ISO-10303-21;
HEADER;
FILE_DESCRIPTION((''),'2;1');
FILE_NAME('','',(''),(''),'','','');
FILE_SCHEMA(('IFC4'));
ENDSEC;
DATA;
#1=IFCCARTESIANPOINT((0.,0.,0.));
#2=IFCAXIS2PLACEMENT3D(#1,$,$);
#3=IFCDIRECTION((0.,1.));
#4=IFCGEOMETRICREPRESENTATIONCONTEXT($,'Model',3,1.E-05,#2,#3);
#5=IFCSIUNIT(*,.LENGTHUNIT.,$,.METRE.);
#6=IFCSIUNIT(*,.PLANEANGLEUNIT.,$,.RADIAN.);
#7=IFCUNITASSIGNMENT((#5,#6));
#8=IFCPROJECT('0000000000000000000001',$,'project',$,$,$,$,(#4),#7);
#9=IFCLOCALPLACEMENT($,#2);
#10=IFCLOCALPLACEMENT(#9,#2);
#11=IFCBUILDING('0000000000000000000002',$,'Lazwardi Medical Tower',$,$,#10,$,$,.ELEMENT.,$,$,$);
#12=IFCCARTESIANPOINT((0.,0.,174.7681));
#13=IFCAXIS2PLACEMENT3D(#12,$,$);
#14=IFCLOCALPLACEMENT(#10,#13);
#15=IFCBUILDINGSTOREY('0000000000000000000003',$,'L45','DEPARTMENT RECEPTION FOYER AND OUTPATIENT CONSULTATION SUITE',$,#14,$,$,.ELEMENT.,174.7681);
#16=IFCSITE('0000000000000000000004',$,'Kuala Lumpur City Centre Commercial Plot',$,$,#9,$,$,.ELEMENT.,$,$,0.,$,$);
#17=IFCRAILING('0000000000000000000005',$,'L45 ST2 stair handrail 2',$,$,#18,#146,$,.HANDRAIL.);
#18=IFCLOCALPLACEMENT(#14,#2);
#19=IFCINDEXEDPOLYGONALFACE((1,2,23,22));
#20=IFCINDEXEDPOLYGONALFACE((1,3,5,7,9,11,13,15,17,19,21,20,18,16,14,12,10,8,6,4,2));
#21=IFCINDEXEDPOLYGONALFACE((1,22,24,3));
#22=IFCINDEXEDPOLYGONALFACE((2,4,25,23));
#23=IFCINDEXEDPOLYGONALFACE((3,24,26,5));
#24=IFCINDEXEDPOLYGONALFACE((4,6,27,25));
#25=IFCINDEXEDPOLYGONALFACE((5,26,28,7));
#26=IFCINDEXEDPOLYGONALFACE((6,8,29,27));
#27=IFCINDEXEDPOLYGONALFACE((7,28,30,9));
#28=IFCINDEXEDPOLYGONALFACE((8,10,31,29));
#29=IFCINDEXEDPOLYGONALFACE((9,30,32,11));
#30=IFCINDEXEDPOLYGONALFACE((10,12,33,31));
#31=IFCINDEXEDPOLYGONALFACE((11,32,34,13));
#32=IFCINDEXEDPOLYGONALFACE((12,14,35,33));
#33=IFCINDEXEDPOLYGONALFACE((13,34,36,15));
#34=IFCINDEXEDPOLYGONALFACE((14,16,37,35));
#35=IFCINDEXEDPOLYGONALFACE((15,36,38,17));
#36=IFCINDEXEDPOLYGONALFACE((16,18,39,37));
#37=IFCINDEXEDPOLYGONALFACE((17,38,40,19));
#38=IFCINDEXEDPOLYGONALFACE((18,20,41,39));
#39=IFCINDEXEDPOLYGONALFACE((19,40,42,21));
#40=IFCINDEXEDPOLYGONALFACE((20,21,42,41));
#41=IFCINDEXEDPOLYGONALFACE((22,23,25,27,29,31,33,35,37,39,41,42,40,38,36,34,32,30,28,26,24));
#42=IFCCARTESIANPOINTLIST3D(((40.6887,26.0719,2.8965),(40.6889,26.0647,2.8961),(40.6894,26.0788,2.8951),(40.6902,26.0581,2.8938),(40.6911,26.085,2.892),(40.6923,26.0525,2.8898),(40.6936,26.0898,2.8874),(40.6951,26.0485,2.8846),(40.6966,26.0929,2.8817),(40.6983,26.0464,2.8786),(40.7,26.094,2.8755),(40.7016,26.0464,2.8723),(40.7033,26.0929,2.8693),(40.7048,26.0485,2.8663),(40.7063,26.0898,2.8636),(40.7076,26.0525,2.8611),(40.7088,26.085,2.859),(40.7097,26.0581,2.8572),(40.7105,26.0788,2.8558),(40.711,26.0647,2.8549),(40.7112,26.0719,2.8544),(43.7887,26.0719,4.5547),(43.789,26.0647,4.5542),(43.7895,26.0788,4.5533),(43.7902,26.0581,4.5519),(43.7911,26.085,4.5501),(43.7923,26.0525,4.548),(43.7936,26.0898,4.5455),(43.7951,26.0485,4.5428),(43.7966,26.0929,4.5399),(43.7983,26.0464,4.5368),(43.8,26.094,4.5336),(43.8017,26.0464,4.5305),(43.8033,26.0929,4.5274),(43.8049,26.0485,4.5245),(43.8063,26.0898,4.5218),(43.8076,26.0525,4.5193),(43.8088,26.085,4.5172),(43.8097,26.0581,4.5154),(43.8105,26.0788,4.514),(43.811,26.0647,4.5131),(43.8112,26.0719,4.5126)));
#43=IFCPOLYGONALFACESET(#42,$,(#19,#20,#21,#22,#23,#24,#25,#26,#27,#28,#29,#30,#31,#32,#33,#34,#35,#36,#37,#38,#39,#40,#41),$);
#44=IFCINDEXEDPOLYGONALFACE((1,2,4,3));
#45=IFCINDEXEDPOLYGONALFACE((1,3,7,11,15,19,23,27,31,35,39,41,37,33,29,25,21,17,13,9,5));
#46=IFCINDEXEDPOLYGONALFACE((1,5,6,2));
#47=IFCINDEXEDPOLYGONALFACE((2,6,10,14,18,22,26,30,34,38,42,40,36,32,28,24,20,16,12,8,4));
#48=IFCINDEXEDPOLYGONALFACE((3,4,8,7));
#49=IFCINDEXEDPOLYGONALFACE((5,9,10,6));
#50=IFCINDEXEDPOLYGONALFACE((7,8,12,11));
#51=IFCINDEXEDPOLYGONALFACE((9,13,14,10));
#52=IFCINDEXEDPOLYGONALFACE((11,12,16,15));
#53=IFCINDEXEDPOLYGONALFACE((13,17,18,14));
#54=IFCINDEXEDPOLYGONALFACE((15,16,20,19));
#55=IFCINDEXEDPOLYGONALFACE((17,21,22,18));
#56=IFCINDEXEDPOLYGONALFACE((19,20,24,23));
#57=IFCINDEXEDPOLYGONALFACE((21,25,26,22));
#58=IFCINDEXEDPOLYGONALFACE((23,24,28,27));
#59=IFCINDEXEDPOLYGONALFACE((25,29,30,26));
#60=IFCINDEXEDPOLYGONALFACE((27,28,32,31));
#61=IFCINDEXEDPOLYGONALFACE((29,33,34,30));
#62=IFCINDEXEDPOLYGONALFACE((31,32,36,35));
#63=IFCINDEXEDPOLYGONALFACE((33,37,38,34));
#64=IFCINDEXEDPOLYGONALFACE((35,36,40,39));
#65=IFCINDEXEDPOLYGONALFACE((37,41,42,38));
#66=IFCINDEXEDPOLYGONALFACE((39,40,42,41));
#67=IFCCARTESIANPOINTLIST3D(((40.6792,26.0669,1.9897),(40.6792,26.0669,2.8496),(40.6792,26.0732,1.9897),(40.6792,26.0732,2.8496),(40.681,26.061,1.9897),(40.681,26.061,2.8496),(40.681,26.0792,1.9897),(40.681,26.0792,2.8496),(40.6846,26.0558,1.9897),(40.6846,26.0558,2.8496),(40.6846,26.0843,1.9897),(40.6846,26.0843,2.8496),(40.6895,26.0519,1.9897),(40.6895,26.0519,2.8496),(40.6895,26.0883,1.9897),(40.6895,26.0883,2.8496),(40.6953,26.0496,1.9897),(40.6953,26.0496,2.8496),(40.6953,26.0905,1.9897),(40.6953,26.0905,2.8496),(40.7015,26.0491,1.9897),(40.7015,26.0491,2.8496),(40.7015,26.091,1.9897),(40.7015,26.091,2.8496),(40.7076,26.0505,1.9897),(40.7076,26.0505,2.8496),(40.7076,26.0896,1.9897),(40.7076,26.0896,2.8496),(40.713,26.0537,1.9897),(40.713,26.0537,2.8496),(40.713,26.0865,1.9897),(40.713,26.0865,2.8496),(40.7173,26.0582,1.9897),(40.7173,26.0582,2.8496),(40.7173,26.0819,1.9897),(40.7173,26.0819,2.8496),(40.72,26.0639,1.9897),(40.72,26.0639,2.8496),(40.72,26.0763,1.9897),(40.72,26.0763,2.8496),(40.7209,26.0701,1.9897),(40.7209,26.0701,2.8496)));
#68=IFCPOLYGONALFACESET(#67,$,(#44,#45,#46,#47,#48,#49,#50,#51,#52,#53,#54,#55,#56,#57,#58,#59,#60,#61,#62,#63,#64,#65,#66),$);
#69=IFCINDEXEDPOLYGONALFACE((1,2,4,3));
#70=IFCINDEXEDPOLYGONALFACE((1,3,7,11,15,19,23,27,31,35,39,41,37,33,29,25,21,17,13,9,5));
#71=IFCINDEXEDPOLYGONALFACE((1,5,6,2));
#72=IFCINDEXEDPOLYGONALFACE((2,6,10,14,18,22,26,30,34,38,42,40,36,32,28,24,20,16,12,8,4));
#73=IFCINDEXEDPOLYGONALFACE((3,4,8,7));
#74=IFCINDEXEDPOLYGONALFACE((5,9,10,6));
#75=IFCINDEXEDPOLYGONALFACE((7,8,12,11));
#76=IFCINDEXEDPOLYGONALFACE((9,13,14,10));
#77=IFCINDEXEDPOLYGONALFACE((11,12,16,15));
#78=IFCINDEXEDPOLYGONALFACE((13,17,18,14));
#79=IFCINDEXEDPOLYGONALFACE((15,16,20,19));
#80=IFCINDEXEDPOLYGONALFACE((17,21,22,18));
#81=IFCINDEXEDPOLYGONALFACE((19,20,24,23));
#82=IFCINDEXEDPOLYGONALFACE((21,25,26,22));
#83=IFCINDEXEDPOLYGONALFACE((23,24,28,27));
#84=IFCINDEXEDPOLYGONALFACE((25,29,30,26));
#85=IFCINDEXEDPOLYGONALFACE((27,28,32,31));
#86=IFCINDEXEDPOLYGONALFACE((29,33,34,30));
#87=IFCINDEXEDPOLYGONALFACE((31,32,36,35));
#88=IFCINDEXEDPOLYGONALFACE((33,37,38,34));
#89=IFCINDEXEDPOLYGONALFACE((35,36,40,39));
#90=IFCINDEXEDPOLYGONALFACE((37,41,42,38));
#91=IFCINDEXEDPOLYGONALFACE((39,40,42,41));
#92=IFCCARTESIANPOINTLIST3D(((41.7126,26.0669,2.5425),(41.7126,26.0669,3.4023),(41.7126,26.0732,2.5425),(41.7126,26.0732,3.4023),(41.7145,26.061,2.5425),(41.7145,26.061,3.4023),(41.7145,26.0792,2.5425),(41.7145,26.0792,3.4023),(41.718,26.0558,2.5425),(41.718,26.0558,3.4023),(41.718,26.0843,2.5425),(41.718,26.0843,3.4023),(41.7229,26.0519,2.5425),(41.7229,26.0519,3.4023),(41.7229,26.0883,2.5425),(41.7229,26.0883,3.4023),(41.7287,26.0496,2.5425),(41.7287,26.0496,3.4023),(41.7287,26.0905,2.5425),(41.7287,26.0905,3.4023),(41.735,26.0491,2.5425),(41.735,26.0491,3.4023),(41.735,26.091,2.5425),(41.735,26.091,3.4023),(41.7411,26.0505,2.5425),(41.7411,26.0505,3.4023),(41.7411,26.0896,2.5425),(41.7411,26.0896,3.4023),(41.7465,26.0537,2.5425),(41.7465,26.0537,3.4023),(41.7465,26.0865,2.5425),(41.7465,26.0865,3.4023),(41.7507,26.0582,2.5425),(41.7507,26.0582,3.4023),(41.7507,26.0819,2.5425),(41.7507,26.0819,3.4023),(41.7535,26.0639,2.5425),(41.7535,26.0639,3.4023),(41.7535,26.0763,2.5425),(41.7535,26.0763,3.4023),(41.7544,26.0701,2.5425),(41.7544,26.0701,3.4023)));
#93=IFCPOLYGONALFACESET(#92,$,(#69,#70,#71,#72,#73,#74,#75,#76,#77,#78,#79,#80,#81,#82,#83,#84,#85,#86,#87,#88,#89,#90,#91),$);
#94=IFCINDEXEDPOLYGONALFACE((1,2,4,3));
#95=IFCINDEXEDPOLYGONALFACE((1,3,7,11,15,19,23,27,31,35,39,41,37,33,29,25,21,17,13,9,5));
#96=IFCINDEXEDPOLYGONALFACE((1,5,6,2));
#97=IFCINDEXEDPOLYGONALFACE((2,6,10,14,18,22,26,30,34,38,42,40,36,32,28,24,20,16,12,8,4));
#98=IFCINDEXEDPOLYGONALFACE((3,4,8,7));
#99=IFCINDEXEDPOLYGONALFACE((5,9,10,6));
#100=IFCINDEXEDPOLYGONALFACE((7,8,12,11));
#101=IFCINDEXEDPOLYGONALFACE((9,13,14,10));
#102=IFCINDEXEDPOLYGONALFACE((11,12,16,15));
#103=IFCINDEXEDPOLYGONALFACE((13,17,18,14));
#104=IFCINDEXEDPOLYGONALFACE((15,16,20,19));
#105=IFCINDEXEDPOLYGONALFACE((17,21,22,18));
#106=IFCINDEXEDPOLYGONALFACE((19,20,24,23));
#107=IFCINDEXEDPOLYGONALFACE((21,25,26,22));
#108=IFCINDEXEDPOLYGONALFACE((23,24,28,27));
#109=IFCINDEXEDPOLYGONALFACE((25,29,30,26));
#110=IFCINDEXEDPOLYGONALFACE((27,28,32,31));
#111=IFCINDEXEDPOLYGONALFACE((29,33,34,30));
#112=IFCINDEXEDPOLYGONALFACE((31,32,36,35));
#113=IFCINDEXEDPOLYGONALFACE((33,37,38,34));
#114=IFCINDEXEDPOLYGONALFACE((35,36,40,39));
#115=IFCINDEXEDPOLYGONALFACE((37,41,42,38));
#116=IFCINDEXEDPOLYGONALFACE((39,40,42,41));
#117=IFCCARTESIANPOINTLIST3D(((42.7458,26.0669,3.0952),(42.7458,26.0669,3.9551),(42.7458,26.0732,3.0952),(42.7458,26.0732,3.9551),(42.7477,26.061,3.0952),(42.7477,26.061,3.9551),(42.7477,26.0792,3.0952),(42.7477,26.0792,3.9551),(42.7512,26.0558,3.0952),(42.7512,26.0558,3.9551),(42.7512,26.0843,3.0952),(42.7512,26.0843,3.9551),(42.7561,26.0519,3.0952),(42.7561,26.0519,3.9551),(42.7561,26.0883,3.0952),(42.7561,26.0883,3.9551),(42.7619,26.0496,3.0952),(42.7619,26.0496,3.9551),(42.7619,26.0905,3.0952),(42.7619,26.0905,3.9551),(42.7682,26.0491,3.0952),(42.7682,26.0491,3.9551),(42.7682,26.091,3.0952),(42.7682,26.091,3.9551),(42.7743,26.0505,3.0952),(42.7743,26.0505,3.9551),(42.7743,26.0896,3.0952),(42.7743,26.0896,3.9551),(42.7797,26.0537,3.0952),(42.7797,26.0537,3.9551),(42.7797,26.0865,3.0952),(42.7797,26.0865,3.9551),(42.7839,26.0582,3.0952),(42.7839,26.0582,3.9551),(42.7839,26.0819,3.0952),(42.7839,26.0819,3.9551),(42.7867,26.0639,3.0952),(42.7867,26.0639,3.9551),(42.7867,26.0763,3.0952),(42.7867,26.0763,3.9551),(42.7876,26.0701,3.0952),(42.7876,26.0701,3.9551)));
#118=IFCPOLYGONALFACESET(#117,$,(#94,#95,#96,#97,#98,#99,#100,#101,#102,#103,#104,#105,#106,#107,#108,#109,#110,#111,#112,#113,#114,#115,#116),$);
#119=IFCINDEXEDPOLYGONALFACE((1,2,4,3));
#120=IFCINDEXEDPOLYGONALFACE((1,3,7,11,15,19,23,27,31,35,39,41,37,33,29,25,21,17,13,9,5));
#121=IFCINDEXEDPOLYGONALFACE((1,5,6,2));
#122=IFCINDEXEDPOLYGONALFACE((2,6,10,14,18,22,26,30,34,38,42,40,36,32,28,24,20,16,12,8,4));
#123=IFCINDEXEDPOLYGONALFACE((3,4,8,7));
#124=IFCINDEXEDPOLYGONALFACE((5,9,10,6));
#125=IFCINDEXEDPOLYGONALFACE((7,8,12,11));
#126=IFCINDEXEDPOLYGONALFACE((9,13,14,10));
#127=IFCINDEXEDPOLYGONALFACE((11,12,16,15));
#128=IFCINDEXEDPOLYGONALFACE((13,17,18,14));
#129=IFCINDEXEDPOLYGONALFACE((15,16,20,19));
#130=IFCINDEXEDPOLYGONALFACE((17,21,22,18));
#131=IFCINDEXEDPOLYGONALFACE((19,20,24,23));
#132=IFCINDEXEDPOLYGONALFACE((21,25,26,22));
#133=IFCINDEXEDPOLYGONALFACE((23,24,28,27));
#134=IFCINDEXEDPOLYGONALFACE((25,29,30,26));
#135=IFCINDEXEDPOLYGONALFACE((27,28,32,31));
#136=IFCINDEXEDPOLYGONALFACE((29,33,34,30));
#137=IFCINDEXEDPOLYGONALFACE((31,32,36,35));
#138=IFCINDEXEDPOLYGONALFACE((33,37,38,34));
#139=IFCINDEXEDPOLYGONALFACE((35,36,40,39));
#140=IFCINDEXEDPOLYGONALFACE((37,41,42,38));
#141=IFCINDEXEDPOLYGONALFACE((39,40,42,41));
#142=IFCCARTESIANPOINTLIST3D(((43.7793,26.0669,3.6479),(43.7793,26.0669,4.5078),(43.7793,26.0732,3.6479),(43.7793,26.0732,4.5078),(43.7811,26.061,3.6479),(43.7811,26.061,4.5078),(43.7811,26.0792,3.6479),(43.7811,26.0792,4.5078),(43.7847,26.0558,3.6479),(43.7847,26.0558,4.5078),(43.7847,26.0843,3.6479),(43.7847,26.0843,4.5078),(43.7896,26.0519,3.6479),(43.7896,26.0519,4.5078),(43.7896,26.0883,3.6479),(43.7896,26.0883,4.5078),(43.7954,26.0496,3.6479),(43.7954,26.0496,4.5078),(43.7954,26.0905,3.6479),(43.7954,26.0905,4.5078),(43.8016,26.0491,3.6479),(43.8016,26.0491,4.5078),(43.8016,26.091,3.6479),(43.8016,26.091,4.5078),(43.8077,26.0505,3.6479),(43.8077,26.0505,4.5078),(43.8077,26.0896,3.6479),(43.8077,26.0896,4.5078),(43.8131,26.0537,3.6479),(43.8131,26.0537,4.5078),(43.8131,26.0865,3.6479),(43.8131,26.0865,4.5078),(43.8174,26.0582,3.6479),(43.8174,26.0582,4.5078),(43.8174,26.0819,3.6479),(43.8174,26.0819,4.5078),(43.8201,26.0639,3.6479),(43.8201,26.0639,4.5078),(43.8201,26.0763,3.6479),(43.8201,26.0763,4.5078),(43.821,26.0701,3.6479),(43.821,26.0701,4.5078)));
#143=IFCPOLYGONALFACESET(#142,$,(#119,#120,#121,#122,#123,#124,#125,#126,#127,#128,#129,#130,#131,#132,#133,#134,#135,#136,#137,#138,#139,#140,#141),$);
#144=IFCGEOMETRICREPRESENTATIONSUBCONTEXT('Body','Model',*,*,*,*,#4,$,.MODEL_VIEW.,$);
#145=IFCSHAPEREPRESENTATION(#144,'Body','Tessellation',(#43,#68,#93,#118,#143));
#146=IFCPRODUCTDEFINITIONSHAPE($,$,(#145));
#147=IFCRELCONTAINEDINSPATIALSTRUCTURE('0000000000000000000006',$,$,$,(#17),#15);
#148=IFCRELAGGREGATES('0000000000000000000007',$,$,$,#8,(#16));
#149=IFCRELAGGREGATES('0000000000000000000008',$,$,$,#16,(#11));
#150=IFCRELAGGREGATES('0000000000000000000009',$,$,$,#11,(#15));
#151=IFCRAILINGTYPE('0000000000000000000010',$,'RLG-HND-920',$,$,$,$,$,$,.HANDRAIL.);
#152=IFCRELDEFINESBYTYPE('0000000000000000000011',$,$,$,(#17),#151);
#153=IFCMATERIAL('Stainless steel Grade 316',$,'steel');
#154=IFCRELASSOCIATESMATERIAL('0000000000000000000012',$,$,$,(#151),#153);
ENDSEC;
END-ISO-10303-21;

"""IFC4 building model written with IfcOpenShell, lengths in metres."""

from ifc_helpers import new_model, si_unit, direction, frame, origin, origin_2d, place, context, subcontext, project, spatial, circle, extrude, material, type_object, element, save


model = new_model("IFC4")

# Units and contexts
model_context = context("Model", 3, precision=1e-05, world=origin(), true_north=direction((0.0, 1.0)))
body_context = subcontext(model_context, "Body", "Model", "MODEL_VIEW")
ifc_project = project(units=[si_unit("LENGTHUNIT", "METRE"), si_unit("PLANEANGLEUNIT", "RADIAN")], contexts=[model_context])

# Site, building, storey
site_placement = place(None, origin())
site = spatial("IfcSite", under=ifc_project, at=site_placement, Name="Kuala Lumpur City Centre Commercial Plot", CompositionType="ELEMENT", RefElevation=0.0)
building_placement = place(site_placement, origin())
building = spatial("IfcBuilding", under=site, at=building_placement, Name="Lazwardi Medical Tower", CompositionType="ELEMENT")
storey_placement = place(building_placement, frame((0.0, 0.0, 174.7681)))
storey = spatial("IfcBuildingStorey", under=building, at=storey_placement, Name="L45", Description="DEPARTMENT RECEPTION FOYER AND OUTPATIENT CONSULTATION SUITE", CompositionType="ELEMENT", Elevation=174.7681)

# Railing
ifc_material_1 = material(Name="Stainless steel Grade 316", Category="steel")
railing_type_1 = type_object("IfcRailingType", Name="RLG-HND-920", PredefinedType="HANDRAIL", material=ifc_material_1)
railing_1_placement = place(storey_placement, frame((40.7, 26.0701, 1.9897)))
element("IfcRailing", 1, at=railing_1_placement, inside=storey, type_object=railing_type_1, Name="L45 ST2 stair handrail 2", PredefinedType="HANDRAIL", context=body_context, shape_type="SweptSolid", body=[
    extrude(circle(Radius=0.0239, at=origin_2d()), frame((0.0, 0.0, 0.8857), z_axis=(0.881783, 0.0, 0.471655), x_axis=(0.0, 1.0, 0.0)), (0.0, 0.0, 1.0), 3.5156),
    extrude(circle(Radius=0.021, at=origin_2d()), origin(), (0.0, 0.0, 1.0), 0.8599),
    extrude(circle(Radius=0.021, at=origin_2d()), frame((1.0334, 0.0, 0.5527)), (0.0, 0.0, 1.0), 0.8599),
    extrude(circle(Radius=0.021, at=origin_2d()), frame((2.0667, 0.0, 1.1055)), (0.0, 0.0, 1.0), 0.8599),
    extrude(circle(Radius=0.021, at=origin_2d()), frame((3.1001, 0.0, 1.6582)), (0.0, 0.0, 1.0), 0.8599),
])

save(model, "model.ifc")
